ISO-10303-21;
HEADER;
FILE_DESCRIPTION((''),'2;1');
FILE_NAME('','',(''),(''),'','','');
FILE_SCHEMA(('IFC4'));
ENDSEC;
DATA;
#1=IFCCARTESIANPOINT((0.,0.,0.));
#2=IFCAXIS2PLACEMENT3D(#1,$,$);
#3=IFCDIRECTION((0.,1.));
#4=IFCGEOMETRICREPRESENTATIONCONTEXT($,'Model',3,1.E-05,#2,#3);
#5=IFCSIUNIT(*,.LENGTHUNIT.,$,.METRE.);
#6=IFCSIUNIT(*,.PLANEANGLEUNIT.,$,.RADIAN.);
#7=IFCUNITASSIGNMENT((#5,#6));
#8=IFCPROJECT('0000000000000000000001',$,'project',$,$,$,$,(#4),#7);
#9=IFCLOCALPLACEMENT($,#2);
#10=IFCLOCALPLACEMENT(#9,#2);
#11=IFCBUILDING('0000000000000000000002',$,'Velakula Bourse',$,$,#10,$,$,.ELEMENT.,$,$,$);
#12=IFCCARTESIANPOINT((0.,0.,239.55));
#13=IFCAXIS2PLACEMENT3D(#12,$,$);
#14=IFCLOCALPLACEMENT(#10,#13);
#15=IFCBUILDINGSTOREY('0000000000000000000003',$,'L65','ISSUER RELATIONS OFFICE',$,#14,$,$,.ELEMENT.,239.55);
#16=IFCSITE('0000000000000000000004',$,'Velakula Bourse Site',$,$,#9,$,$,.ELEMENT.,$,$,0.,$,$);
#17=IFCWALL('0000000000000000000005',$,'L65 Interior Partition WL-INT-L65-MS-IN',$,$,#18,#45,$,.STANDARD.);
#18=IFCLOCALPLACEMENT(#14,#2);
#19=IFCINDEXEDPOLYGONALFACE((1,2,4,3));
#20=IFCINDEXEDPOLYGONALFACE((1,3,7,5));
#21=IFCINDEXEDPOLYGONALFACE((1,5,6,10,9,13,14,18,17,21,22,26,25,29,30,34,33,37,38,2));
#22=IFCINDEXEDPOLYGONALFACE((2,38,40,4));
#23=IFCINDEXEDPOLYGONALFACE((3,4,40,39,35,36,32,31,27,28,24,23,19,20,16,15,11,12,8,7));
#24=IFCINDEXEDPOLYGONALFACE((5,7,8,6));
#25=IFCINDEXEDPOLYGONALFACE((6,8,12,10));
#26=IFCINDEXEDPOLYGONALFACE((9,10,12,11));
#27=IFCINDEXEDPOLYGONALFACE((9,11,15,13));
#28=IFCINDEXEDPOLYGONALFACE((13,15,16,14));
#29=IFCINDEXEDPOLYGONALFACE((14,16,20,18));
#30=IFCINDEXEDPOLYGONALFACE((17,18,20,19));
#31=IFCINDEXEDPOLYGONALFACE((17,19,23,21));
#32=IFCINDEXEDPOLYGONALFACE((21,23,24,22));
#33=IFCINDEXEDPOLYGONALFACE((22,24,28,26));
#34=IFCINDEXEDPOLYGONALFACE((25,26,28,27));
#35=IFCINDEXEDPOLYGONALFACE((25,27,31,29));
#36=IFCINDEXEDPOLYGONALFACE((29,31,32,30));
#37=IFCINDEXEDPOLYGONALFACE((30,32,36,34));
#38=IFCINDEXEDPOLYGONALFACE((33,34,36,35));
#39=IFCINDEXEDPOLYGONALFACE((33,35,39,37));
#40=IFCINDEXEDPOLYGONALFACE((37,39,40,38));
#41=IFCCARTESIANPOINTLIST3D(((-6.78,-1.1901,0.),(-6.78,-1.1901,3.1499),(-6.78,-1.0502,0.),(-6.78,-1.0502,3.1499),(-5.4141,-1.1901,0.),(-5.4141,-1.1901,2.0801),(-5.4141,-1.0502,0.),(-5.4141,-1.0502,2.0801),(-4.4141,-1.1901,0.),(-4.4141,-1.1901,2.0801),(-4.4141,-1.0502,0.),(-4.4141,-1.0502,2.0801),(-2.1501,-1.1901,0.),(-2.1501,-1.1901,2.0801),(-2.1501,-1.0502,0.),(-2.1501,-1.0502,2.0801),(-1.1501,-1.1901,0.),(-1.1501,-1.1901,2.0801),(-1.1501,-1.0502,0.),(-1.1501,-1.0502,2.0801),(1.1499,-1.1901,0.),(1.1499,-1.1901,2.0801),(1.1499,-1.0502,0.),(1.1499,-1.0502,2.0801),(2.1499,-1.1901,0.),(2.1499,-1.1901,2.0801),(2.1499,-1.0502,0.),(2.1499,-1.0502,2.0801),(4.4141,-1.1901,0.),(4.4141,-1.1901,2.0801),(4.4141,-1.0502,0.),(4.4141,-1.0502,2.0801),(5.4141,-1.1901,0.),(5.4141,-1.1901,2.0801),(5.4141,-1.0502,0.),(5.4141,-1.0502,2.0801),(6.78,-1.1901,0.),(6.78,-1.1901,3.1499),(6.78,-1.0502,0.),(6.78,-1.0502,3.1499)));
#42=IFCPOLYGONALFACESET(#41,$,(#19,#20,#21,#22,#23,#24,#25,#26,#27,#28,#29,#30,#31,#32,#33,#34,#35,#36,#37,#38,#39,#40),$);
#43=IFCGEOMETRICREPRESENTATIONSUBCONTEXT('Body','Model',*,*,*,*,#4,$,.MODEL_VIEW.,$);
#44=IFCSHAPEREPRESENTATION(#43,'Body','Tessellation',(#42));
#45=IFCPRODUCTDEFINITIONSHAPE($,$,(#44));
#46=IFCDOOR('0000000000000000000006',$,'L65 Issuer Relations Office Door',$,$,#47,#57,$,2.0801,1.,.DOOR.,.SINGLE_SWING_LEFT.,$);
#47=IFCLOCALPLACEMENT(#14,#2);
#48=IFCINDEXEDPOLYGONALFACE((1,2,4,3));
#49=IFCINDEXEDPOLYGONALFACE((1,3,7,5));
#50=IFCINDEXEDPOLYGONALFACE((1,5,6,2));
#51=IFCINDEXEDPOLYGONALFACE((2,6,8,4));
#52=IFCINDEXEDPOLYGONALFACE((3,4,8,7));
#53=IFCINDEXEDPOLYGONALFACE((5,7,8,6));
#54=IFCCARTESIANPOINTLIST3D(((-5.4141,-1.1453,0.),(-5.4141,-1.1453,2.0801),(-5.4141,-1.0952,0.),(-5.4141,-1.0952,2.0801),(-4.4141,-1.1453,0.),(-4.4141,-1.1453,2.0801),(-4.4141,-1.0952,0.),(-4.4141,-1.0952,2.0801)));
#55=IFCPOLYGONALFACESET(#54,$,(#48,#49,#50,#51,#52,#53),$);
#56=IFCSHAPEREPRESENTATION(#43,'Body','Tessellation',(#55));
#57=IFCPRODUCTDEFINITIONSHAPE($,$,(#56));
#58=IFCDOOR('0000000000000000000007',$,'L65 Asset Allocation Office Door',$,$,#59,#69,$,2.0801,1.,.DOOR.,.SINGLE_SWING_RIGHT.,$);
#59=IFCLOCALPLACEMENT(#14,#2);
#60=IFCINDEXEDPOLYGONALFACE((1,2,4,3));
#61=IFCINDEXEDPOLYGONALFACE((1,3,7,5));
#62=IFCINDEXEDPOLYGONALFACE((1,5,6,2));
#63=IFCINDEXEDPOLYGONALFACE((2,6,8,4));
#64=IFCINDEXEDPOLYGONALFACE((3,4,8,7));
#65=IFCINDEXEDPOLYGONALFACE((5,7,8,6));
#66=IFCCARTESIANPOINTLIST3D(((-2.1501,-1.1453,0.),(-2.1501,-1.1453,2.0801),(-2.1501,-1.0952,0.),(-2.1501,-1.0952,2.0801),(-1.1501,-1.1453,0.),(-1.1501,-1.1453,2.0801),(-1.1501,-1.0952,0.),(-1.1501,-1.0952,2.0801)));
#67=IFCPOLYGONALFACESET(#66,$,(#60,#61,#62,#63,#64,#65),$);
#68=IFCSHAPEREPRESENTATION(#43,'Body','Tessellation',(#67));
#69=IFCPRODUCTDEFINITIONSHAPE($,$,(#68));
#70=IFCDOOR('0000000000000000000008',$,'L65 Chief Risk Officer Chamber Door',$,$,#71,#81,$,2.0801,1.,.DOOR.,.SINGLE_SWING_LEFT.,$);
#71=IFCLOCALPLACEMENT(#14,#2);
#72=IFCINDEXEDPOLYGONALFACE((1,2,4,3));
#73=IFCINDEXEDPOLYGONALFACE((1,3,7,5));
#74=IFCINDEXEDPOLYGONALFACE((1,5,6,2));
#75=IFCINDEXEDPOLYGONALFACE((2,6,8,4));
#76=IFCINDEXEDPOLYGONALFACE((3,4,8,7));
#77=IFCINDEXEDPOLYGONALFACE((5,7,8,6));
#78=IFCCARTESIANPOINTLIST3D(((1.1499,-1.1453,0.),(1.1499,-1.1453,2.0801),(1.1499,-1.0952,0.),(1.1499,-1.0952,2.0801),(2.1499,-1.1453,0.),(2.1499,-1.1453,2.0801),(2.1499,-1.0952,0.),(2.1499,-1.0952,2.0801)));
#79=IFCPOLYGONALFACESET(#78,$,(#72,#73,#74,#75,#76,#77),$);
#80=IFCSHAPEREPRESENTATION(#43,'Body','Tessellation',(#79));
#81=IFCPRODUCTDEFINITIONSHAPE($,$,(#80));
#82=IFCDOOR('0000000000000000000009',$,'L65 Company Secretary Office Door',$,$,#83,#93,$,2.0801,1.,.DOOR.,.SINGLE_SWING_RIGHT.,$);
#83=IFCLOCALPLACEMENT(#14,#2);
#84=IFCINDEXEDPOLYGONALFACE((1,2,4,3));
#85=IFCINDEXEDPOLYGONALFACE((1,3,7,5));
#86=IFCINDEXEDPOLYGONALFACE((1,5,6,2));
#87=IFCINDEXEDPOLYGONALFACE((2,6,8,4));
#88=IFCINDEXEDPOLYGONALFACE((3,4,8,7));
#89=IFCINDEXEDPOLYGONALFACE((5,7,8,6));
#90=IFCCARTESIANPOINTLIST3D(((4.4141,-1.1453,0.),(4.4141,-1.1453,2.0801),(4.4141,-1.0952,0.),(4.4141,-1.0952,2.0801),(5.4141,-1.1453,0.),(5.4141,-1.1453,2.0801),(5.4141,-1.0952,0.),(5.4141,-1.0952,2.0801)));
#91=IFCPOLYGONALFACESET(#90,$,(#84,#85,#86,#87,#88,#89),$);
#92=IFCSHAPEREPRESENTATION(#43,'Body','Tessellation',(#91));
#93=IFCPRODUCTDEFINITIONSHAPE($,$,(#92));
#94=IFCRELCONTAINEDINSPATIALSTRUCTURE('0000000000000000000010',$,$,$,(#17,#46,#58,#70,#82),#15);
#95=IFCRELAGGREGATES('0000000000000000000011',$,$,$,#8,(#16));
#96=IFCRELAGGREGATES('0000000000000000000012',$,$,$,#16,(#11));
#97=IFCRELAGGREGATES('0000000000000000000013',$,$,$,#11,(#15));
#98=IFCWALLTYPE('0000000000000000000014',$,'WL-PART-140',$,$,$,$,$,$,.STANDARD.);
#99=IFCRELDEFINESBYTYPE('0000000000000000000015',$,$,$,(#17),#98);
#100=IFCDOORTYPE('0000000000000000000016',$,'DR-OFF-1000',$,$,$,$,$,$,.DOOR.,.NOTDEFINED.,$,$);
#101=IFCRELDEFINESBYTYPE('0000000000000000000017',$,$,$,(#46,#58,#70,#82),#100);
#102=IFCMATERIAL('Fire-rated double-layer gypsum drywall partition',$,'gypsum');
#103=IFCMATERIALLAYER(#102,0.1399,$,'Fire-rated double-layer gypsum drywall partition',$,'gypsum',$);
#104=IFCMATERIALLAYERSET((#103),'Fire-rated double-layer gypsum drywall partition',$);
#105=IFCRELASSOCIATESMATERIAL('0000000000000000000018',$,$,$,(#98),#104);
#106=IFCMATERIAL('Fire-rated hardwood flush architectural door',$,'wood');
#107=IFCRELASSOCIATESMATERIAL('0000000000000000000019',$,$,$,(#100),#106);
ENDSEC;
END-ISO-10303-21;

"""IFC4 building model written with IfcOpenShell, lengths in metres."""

from ifc_helpers import new_model, si_unit, direction, frame, frame_2d, origin, place, context, subcontext, project, spatial, rectangle, extrude, material, layer, layer_set, type_object, element, fill, save


model = new_model("IFC4")

# Units and contexts
model_context = context("Model", 3, precision=1e-05, world=origin(), true_north=direction((0.0, 1.0)))
body_context = subcontext(model_context, "Body", "Model", "MODEL_VIEW")
ifc_project = project(units=[si_unit("LENGTHUNIT", "METRE"), si_unit("PLANEANGLEUNIT", "RADIAN")], contexts=[model_context])

# Site, building, storey
site_placement = place(None, origin())
site = spatial("IfcSite", under=ifc_project, at=site_placement, Name="Velakula Bourse Site", CompositionType="ELEMENT", RefElevation=0.0)
building_placement = place(site_placement, origin())
building = spatial("IfcBuilding", under=site, at=building_placement, Name="Velakula Bourse", CompositionType="ELEMENT")
storey_placement = place(building_placement, frame((0.0, 0.0, 239.55)))
storey = spatial("IfcBuildingStorey", under=building, at=storey_placement, Name="L65", Description="ISSUER RELATIONS OFFICE", CompositionType="ELEMENT", Elevation=239.55)

# Shared definitions
ifc_material_1 = material(Name="Fire-rated double-layer gypsum drywall partition", Category="gypsum")

# Shared definitions
ifc_layer_1 = layer(ifc_material_1, 0.1399, Name="Fire-rated double-layer gypsum drywall partition", Category="gypsum")
ifc_layer_set_1 = layer_set([ifc_layer_1], Name="Fire-rated double-layer gypsum drywall partition")
wall_type_1 = type_object("IfcWallType", Name="WL-PART-140", PredefinedType="STANDARD", material=ifc_layer_set_1)
ifc_material_2 = material(Name="Fire-rated hardwood flush architectural door", Category="wood")
door_type = type_object("IfcDoorType", Name="DR-OFF-1000", OperationType="NOTDEFINED", PredefinedType="DOOR", material=ifc_material_2)

# Wall, openings, doors
wall_1_placement = place(storey_placement, frame((-6.78, -1.1201, 0.0), z_axis=(0.0, 0.0, 1.0), x_axis=(1.0, 0.0, 0.0)))
wall_1 = element("IfcWall", 1, at=wall_1_placement, inside=storey, type_object=wall_type_1, Name="L65 Interior Partition WL-INT-L65-MS-IN", PredefinedType="STANDARD", context=body_context, shape_type="SweptSolid", body=[
    extrude(rectangle(XDim=13.5601, YDim=0.1399, at=frame_2d((6.78, 0.0))), origin(), (0.0, 0.0, 1.0), 3.1499),
])
opening_1_placement = place(wall_1_placement, frame((1.366, 0.0, 0.0)))
opening_1 = element("IfcOpeningElement", 2, at=opening_1_placement, cuts=wall_1, PredefinedType="OPENING", context=body_context, shape_type="SweptSolid", body=[
    extrude(rectangle(XDim=1.0, YDim=2.0801, at=frame_2d((0.5, 1.04))), frame((0.0, 0.0798, 0.0), z_axis=(0.0, -1.0, 0.0), x_axis=(1.0, 0.0, 0.0)), (0.0, 0.0, 1.0), 0.1599),
])
opening_2_placement = place(wall_1_placement, frame((4.6299, 0.0, 0.0)))
opening_2 = element("IfcOpeningElement", 3, at=opening_2_placement, cuts=wall_1, PredefinedType="OPENING", context=body_context, shape_type="SweptSolid", body=[
    extrude(rectangle(XDim=1.0, YDim=2.0801, at=frame_2d((0.5, 1.04))), frame((0.0, 0.0798, 0.0), z_axis=(0.0, -1.0, 0.0), x_axis=(1.0, 0.0, 0.0)), (0.0, 0.0, 1.0), 0.1599),
])
opening_3_placement = place(wall_1_placement, frame((7.9299, 0.0, 0.0)))
opening_3 = element("IfcOpeningElement", 4, at=opening_3_placement, cuts=wall_1, PredefinedType="OPENING", context=body_context, shape_type="SweptSolid", body=[
    extrude(rectangle(XDim=1.0, YDim=2.0801, at=frame_2d((0.5, 1.04))), frame((0.0, 0.0798, 0.0), z_axis=(0.0, -1.0, 0.0), x_axis=(1.0, 0.0, 0.0)), (0.0, 0.0, 1.0), 0.1599),
])
opening_4_placement = place(wall_1_placement, frame((11.1941, 0.0, 0.0)))
opening_4 = element("IfcOpeningElement", 5, at=opening_4_placement, cuts=wall_1, PredefinedType="OPENING", context=body_context, shape_type="SweptSolid", body=[
    extrude(rectangle(XDim=1.0, YDim=2.0801, at=frame_2d((0.5, 1.04))), frame((0.0, 0.0798, 0.0), z_axis=(0.0, -1.0, 0.0), x_axis=(1.0, 0.0, 0.0)), (0.0, 0.0, 1.0), 0.1599),
])
door_1_placement = place(opening_1_placement, origin())
door_1 = element("IfcDoor", 6, at=door_1_placement, inside=storey, type_object=door_type, Name="L65 Issuer Relations Office Door", OperationType="SINGLE_SWING_LEFT", OverallHeight=2.0801, OverallWidth=1.0, PredefinedType="DOOR", context=body_context, shape_type="SweptSolid", body=[
    extrude(rectangle(XDim=1.0, YDim=2.0801, at=frame_2d((0.5, 1.04))), frame((0.0, 0.0249, 0.0), z_axis=(0.0, -1.0, 0.0), x_axis=(1.0, 0.0, 0.0)), (0.0, 0.0, 1.0), 0.05),
])
fill(opening_1, door_1)
door_2_placement = place(opening_2_placement, origin())
door_2 = element("IfcDoor", 7, at=door_2_placement, inside=storey, type_object=door_type, Name="L65 Asset Allocation Office Door", OperationType="SINGLE_SWING_RIGHT", OverallHeight=2.0801, OverallWidth=1.0, PredefinedType="DOOR", context=body_context, shape_type="SweptSolid", body=[
    extrude(rectangle(XDim=1.0, YDim=2.0801, at=frame_2d((0.5, 1.04))), frame((0.0, 0.0249, 0.0), z_axis=(0.0, -1.0, 0.0), x_axis=(1.0, 0.0, 0.0)), (0.0, 0.0, 1.0), 0.05),
])
fill(opening_2, door_2)
door_3_placement = place(opening_3_placement, origin())
door_3 = element("IfcDoor", 8, at=door_3_placement, inside=storey, type_object=door_type, Name="L65 Chief Risk Officer Chamber Door", OperationType="SINGLE_SWING_LEFT", OverallHeight=2.0801, OverallWidth=1.0, PredefinedType="DOOR", context=body_context, shape_type="SweptSolid", body=[
    extrude(rectangle(XDim=1.0, YDim=2.0801, at=frame_2d((0.5, 1.04))), frame((0.0, 0.0249, 0.0), z_axis=(0.0, -1.0, 0.0), x_axis=(1.0, 0.0, 0.0)), (0.0, 0.0, 1.0), 0.05),
])
fill(opening_3, door_3)
door_4_placement = place(opening_4_placement, origin())
door_4 = element("IfcDoor", 9, at=door_4_placement, inside=storey, type_object=door_type, Name="L65 Company Secretary Office Door", OperationType="SINGLE_SWING_RIGHT", OverallHeight=2.0801, OverallWidth=1.0, PredefinedType="DOOR", context=body_context, shape_type="SweptSolid", body=[
    extrude(rectangle(XDim=1.0, YDim=2.0801, at=frame_2d((0.5, 1.04))), frame((0.0, 0.0249, 0.0), z_axis=(0.0, -1.0, 0.0), x_axis=(1.0, 0.0, 0.0)), (0.0, 0.0, 1.0), 0.05),
])
fill(opening_4, door_4)

save(model, "model.ifc")
